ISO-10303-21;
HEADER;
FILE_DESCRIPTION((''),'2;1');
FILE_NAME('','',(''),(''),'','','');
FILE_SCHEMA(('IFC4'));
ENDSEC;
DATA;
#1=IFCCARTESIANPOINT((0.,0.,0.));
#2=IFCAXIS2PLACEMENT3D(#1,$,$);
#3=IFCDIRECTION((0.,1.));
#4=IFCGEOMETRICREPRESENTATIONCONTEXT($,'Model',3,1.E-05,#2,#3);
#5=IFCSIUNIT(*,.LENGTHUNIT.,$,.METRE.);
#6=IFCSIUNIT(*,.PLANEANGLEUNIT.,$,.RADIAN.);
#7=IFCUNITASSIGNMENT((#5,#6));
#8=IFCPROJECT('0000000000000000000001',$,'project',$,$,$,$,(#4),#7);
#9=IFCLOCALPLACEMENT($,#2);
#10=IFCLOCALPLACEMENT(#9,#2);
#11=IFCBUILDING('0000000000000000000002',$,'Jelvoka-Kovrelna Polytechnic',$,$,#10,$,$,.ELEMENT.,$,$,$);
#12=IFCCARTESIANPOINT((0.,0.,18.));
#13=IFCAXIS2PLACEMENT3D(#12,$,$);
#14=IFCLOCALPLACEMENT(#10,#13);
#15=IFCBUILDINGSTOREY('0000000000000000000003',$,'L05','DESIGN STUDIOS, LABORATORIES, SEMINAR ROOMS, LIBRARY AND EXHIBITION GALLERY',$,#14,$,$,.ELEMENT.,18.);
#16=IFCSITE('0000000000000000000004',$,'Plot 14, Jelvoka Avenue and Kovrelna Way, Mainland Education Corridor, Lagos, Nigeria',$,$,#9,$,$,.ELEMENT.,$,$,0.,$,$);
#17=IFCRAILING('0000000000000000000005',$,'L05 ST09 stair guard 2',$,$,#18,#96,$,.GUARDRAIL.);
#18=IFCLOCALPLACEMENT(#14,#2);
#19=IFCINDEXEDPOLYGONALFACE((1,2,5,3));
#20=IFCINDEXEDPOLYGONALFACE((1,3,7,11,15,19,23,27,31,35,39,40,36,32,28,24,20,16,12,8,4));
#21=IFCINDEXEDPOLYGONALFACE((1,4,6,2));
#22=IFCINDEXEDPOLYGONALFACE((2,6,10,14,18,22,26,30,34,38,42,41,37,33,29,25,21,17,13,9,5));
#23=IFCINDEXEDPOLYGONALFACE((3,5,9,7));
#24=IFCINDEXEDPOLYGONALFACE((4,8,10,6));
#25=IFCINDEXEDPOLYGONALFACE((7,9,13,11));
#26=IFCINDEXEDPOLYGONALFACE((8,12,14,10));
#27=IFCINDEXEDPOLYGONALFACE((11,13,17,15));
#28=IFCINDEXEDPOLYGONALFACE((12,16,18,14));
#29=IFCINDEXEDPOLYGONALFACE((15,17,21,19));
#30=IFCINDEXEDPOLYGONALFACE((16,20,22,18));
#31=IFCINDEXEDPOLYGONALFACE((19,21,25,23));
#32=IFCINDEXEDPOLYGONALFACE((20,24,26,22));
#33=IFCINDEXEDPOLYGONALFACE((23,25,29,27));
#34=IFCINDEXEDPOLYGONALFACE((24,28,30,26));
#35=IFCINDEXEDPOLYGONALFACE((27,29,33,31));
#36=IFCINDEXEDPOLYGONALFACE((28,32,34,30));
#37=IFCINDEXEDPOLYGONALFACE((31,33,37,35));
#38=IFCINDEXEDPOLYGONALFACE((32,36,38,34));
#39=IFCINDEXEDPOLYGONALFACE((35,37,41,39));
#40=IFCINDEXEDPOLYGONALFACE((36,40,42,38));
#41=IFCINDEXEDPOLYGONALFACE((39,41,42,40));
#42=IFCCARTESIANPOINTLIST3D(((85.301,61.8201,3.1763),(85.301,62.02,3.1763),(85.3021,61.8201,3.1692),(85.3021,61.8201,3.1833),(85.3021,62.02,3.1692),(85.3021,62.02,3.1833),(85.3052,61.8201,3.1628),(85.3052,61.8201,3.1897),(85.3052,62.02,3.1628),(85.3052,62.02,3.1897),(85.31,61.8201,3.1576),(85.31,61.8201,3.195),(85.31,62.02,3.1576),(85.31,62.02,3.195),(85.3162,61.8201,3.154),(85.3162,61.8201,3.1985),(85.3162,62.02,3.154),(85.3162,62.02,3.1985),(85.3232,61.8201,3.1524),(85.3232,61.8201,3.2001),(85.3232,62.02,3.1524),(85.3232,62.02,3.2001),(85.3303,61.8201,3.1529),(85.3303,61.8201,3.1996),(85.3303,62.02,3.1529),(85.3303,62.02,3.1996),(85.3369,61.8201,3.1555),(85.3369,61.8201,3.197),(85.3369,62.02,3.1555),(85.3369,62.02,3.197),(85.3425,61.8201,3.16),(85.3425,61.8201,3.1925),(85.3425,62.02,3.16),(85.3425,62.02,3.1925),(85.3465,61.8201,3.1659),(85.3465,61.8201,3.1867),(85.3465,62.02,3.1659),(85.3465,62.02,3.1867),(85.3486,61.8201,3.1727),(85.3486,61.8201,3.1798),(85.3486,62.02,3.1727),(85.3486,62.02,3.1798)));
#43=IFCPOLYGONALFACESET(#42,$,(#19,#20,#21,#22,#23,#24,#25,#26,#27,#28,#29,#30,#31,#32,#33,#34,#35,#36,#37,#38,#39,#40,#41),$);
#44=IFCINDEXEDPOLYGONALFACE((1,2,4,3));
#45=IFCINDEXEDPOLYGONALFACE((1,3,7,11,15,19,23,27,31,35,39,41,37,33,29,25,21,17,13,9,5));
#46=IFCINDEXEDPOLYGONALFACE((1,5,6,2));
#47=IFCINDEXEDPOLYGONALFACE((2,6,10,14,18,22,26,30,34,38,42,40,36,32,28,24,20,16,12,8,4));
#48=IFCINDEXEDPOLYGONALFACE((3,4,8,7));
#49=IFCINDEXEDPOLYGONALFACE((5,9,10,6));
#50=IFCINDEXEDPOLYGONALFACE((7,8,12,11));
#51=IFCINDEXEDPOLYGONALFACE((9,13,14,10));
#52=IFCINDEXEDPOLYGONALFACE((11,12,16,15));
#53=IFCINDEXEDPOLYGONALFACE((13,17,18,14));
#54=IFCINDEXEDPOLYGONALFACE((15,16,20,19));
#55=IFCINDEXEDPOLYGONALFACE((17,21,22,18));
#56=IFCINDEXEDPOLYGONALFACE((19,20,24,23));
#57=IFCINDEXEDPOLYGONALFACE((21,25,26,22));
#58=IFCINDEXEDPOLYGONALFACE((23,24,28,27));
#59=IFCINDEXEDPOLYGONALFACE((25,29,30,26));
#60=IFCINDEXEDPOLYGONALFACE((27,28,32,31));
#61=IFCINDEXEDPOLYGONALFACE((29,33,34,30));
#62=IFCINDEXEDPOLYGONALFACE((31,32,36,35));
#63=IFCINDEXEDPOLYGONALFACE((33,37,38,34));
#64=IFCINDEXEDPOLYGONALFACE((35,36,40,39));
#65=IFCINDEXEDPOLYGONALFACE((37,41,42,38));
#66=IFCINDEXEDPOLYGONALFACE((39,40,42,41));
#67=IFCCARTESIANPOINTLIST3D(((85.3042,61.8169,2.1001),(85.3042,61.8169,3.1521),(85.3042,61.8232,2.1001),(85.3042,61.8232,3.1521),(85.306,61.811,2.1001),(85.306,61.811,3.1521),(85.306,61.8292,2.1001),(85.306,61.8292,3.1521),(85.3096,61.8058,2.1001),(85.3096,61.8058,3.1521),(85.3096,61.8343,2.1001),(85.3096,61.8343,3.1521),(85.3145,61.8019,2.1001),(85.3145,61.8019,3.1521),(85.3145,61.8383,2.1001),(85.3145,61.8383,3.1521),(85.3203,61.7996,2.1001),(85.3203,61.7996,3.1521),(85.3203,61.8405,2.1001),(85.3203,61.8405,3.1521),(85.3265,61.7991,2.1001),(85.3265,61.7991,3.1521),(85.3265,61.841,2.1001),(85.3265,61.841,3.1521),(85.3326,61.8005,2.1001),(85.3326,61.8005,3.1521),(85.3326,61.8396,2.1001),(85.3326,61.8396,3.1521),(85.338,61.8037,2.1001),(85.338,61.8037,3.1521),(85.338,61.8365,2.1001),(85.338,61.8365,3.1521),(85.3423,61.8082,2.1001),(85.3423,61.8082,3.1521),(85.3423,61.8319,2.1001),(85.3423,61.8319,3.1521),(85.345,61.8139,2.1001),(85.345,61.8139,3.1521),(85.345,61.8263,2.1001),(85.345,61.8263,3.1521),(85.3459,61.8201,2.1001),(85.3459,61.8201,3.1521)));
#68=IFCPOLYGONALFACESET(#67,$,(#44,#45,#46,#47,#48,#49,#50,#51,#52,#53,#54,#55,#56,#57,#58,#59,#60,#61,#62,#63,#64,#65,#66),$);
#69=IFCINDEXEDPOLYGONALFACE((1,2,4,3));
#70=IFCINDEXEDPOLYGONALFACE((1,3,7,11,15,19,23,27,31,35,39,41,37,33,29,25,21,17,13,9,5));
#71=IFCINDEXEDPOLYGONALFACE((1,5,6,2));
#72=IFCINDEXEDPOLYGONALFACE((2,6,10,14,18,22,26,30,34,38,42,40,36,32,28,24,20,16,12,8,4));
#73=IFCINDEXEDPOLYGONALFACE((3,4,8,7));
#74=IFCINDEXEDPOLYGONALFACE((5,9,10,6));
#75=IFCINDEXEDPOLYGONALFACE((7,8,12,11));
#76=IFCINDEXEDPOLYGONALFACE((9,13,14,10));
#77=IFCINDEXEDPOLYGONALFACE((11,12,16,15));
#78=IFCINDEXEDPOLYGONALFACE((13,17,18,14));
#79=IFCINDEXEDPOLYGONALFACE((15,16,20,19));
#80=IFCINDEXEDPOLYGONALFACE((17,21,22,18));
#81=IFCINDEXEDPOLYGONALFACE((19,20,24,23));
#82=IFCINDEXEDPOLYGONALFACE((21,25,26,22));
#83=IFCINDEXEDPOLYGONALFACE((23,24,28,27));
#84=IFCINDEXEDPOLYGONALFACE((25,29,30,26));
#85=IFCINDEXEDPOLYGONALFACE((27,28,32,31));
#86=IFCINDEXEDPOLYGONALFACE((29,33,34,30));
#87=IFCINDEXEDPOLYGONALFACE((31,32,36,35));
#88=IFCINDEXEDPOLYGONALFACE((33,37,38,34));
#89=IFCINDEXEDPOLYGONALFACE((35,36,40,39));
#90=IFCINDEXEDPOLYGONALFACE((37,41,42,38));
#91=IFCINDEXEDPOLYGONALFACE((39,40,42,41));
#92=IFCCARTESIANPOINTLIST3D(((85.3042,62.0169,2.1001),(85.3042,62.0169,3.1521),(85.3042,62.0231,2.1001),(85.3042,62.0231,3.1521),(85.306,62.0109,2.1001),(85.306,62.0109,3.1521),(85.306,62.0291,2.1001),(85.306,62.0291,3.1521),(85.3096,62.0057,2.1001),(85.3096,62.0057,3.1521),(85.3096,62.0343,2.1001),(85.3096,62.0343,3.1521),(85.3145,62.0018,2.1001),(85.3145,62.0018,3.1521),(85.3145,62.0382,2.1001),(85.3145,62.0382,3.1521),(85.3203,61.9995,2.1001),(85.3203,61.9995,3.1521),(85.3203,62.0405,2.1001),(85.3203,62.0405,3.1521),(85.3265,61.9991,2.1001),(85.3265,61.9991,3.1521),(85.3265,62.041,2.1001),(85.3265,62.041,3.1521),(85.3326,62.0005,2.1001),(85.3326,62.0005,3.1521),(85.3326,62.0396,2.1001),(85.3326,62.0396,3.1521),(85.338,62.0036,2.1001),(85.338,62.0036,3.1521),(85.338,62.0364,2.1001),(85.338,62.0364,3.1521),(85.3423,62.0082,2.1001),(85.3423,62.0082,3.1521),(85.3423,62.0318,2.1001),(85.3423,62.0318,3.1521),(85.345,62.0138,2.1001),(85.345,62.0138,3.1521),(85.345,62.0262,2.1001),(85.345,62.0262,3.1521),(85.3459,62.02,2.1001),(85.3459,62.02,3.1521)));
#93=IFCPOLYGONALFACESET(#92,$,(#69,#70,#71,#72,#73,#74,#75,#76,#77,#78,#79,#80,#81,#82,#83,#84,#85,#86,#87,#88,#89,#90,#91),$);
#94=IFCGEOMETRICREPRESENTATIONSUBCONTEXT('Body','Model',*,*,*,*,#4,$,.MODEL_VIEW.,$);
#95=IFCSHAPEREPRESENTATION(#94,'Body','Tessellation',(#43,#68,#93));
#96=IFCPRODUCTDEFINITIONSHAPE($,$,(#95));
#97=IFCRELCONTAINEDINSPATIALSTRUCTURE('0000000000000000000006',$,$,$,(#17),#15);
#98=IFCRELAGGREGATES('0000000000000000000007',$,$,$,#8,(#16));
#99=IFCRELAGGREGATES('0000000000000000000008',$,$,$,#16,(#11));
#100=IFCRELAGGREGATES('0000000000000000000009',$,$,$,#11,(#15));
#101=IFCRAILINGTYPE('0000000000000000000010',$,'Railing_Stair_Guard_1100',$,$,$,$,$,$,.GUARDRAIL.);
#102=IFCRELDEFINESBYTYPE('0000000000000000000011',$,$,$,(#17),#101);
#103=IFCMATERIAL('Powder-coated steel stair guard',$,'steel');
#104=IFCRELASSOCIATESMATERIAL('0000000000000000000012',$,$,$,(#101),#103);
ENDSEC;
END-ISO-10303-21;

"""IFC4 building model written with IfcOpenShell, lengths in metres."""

from ifc_helpers import new_model, si_unit, direction, frame, origin, origin_2d, place, context, subcontext, project, spatial, circle, extrude, material, type_object, element, save


model = new_model("IFC4")

# Units and contexts
model_context = context("Model", 3, precision=1e-05, world=origin(), true_north=direction((0.0, 1.0)))
body_context = subcontext(model_context, "Body", "Model", "MODEL_VIEW")
ifc_project = project(units=[si_unit("LENGTHUNIT", "METRE"), si_unit("PLANEANGLEUNIT", "RADIAN")], contexts=[model_context])

# Site, building, storey
site_placement = place(None, origin())
site = spatial("IfcSite", under=ifc_project, at=site_placement, Name="Plot 14, Jelvoka Avenue and Kovrelna Way, Mainland Education Corridor, Lagos, Nigeria", CompositionType="ELEMENT", RefElevation=0.0)
building_placement = place(site_placement, origin())
building = spatial("IfcBuilding", under=site, at=building_placement, Name="Jelvoka-Kovrelna Polytechnic", CompositionType="ELEMENT")
storey_placement = place(building_placement, frame((0.0, 0.0, 18.0)))
storey = spatial("IfcBuildingStorey", under=building, at=storey_placement, Name="L05", Description="DESIGN STUDIOS, LABORATORIES, SEMINAR ROOMS, LIBRARY AND EXHIBITION GALLERY", CompositionType="ELEMENT", Elevation=18.0)

# Railing
ifc_material_1 = material(Name="Powder-coated steel stair guard", Category="steel")
railing_type_1 = type_object("IfcRailingType", Name="Railing_Stair_Guard_1100", PredefinedType="GUARDRAIL", material=ifc_material_1)
railing_1_placement = place(storey_placement, frame((85.325, 61.8201, 2.1001)))
element("IfcRailing", 1, at=railing_1_placement, inside=storey, type_object=railing_type_1, Name="L05 ST09 stair guard 2", PredefinedType="GUARDRAIL", context=body_context, shape_type="SweptSolid", body=[
    extrude(circle(Radius=0.0239, at=origin_2d()), frame((0.0, 0.0, 1.0762), z_axis=(0.0, 1.0, 0.0), x_axis=(-1.0, 0.0, 0.0)), (0.0, 0.0, 1.0), 0.2),
    extrude(circle(Radius=0.021, at=origin_2d()), origin(), (0.0, 0.0, 1.0), 1.052),
    extrude(circle(Radius=0.021, at=origin_2d()), frame((0.0, 0.2, 0.0)), (0.0, 0.0, 1.0), 1.052),
])

save(model, "model.ifc")
